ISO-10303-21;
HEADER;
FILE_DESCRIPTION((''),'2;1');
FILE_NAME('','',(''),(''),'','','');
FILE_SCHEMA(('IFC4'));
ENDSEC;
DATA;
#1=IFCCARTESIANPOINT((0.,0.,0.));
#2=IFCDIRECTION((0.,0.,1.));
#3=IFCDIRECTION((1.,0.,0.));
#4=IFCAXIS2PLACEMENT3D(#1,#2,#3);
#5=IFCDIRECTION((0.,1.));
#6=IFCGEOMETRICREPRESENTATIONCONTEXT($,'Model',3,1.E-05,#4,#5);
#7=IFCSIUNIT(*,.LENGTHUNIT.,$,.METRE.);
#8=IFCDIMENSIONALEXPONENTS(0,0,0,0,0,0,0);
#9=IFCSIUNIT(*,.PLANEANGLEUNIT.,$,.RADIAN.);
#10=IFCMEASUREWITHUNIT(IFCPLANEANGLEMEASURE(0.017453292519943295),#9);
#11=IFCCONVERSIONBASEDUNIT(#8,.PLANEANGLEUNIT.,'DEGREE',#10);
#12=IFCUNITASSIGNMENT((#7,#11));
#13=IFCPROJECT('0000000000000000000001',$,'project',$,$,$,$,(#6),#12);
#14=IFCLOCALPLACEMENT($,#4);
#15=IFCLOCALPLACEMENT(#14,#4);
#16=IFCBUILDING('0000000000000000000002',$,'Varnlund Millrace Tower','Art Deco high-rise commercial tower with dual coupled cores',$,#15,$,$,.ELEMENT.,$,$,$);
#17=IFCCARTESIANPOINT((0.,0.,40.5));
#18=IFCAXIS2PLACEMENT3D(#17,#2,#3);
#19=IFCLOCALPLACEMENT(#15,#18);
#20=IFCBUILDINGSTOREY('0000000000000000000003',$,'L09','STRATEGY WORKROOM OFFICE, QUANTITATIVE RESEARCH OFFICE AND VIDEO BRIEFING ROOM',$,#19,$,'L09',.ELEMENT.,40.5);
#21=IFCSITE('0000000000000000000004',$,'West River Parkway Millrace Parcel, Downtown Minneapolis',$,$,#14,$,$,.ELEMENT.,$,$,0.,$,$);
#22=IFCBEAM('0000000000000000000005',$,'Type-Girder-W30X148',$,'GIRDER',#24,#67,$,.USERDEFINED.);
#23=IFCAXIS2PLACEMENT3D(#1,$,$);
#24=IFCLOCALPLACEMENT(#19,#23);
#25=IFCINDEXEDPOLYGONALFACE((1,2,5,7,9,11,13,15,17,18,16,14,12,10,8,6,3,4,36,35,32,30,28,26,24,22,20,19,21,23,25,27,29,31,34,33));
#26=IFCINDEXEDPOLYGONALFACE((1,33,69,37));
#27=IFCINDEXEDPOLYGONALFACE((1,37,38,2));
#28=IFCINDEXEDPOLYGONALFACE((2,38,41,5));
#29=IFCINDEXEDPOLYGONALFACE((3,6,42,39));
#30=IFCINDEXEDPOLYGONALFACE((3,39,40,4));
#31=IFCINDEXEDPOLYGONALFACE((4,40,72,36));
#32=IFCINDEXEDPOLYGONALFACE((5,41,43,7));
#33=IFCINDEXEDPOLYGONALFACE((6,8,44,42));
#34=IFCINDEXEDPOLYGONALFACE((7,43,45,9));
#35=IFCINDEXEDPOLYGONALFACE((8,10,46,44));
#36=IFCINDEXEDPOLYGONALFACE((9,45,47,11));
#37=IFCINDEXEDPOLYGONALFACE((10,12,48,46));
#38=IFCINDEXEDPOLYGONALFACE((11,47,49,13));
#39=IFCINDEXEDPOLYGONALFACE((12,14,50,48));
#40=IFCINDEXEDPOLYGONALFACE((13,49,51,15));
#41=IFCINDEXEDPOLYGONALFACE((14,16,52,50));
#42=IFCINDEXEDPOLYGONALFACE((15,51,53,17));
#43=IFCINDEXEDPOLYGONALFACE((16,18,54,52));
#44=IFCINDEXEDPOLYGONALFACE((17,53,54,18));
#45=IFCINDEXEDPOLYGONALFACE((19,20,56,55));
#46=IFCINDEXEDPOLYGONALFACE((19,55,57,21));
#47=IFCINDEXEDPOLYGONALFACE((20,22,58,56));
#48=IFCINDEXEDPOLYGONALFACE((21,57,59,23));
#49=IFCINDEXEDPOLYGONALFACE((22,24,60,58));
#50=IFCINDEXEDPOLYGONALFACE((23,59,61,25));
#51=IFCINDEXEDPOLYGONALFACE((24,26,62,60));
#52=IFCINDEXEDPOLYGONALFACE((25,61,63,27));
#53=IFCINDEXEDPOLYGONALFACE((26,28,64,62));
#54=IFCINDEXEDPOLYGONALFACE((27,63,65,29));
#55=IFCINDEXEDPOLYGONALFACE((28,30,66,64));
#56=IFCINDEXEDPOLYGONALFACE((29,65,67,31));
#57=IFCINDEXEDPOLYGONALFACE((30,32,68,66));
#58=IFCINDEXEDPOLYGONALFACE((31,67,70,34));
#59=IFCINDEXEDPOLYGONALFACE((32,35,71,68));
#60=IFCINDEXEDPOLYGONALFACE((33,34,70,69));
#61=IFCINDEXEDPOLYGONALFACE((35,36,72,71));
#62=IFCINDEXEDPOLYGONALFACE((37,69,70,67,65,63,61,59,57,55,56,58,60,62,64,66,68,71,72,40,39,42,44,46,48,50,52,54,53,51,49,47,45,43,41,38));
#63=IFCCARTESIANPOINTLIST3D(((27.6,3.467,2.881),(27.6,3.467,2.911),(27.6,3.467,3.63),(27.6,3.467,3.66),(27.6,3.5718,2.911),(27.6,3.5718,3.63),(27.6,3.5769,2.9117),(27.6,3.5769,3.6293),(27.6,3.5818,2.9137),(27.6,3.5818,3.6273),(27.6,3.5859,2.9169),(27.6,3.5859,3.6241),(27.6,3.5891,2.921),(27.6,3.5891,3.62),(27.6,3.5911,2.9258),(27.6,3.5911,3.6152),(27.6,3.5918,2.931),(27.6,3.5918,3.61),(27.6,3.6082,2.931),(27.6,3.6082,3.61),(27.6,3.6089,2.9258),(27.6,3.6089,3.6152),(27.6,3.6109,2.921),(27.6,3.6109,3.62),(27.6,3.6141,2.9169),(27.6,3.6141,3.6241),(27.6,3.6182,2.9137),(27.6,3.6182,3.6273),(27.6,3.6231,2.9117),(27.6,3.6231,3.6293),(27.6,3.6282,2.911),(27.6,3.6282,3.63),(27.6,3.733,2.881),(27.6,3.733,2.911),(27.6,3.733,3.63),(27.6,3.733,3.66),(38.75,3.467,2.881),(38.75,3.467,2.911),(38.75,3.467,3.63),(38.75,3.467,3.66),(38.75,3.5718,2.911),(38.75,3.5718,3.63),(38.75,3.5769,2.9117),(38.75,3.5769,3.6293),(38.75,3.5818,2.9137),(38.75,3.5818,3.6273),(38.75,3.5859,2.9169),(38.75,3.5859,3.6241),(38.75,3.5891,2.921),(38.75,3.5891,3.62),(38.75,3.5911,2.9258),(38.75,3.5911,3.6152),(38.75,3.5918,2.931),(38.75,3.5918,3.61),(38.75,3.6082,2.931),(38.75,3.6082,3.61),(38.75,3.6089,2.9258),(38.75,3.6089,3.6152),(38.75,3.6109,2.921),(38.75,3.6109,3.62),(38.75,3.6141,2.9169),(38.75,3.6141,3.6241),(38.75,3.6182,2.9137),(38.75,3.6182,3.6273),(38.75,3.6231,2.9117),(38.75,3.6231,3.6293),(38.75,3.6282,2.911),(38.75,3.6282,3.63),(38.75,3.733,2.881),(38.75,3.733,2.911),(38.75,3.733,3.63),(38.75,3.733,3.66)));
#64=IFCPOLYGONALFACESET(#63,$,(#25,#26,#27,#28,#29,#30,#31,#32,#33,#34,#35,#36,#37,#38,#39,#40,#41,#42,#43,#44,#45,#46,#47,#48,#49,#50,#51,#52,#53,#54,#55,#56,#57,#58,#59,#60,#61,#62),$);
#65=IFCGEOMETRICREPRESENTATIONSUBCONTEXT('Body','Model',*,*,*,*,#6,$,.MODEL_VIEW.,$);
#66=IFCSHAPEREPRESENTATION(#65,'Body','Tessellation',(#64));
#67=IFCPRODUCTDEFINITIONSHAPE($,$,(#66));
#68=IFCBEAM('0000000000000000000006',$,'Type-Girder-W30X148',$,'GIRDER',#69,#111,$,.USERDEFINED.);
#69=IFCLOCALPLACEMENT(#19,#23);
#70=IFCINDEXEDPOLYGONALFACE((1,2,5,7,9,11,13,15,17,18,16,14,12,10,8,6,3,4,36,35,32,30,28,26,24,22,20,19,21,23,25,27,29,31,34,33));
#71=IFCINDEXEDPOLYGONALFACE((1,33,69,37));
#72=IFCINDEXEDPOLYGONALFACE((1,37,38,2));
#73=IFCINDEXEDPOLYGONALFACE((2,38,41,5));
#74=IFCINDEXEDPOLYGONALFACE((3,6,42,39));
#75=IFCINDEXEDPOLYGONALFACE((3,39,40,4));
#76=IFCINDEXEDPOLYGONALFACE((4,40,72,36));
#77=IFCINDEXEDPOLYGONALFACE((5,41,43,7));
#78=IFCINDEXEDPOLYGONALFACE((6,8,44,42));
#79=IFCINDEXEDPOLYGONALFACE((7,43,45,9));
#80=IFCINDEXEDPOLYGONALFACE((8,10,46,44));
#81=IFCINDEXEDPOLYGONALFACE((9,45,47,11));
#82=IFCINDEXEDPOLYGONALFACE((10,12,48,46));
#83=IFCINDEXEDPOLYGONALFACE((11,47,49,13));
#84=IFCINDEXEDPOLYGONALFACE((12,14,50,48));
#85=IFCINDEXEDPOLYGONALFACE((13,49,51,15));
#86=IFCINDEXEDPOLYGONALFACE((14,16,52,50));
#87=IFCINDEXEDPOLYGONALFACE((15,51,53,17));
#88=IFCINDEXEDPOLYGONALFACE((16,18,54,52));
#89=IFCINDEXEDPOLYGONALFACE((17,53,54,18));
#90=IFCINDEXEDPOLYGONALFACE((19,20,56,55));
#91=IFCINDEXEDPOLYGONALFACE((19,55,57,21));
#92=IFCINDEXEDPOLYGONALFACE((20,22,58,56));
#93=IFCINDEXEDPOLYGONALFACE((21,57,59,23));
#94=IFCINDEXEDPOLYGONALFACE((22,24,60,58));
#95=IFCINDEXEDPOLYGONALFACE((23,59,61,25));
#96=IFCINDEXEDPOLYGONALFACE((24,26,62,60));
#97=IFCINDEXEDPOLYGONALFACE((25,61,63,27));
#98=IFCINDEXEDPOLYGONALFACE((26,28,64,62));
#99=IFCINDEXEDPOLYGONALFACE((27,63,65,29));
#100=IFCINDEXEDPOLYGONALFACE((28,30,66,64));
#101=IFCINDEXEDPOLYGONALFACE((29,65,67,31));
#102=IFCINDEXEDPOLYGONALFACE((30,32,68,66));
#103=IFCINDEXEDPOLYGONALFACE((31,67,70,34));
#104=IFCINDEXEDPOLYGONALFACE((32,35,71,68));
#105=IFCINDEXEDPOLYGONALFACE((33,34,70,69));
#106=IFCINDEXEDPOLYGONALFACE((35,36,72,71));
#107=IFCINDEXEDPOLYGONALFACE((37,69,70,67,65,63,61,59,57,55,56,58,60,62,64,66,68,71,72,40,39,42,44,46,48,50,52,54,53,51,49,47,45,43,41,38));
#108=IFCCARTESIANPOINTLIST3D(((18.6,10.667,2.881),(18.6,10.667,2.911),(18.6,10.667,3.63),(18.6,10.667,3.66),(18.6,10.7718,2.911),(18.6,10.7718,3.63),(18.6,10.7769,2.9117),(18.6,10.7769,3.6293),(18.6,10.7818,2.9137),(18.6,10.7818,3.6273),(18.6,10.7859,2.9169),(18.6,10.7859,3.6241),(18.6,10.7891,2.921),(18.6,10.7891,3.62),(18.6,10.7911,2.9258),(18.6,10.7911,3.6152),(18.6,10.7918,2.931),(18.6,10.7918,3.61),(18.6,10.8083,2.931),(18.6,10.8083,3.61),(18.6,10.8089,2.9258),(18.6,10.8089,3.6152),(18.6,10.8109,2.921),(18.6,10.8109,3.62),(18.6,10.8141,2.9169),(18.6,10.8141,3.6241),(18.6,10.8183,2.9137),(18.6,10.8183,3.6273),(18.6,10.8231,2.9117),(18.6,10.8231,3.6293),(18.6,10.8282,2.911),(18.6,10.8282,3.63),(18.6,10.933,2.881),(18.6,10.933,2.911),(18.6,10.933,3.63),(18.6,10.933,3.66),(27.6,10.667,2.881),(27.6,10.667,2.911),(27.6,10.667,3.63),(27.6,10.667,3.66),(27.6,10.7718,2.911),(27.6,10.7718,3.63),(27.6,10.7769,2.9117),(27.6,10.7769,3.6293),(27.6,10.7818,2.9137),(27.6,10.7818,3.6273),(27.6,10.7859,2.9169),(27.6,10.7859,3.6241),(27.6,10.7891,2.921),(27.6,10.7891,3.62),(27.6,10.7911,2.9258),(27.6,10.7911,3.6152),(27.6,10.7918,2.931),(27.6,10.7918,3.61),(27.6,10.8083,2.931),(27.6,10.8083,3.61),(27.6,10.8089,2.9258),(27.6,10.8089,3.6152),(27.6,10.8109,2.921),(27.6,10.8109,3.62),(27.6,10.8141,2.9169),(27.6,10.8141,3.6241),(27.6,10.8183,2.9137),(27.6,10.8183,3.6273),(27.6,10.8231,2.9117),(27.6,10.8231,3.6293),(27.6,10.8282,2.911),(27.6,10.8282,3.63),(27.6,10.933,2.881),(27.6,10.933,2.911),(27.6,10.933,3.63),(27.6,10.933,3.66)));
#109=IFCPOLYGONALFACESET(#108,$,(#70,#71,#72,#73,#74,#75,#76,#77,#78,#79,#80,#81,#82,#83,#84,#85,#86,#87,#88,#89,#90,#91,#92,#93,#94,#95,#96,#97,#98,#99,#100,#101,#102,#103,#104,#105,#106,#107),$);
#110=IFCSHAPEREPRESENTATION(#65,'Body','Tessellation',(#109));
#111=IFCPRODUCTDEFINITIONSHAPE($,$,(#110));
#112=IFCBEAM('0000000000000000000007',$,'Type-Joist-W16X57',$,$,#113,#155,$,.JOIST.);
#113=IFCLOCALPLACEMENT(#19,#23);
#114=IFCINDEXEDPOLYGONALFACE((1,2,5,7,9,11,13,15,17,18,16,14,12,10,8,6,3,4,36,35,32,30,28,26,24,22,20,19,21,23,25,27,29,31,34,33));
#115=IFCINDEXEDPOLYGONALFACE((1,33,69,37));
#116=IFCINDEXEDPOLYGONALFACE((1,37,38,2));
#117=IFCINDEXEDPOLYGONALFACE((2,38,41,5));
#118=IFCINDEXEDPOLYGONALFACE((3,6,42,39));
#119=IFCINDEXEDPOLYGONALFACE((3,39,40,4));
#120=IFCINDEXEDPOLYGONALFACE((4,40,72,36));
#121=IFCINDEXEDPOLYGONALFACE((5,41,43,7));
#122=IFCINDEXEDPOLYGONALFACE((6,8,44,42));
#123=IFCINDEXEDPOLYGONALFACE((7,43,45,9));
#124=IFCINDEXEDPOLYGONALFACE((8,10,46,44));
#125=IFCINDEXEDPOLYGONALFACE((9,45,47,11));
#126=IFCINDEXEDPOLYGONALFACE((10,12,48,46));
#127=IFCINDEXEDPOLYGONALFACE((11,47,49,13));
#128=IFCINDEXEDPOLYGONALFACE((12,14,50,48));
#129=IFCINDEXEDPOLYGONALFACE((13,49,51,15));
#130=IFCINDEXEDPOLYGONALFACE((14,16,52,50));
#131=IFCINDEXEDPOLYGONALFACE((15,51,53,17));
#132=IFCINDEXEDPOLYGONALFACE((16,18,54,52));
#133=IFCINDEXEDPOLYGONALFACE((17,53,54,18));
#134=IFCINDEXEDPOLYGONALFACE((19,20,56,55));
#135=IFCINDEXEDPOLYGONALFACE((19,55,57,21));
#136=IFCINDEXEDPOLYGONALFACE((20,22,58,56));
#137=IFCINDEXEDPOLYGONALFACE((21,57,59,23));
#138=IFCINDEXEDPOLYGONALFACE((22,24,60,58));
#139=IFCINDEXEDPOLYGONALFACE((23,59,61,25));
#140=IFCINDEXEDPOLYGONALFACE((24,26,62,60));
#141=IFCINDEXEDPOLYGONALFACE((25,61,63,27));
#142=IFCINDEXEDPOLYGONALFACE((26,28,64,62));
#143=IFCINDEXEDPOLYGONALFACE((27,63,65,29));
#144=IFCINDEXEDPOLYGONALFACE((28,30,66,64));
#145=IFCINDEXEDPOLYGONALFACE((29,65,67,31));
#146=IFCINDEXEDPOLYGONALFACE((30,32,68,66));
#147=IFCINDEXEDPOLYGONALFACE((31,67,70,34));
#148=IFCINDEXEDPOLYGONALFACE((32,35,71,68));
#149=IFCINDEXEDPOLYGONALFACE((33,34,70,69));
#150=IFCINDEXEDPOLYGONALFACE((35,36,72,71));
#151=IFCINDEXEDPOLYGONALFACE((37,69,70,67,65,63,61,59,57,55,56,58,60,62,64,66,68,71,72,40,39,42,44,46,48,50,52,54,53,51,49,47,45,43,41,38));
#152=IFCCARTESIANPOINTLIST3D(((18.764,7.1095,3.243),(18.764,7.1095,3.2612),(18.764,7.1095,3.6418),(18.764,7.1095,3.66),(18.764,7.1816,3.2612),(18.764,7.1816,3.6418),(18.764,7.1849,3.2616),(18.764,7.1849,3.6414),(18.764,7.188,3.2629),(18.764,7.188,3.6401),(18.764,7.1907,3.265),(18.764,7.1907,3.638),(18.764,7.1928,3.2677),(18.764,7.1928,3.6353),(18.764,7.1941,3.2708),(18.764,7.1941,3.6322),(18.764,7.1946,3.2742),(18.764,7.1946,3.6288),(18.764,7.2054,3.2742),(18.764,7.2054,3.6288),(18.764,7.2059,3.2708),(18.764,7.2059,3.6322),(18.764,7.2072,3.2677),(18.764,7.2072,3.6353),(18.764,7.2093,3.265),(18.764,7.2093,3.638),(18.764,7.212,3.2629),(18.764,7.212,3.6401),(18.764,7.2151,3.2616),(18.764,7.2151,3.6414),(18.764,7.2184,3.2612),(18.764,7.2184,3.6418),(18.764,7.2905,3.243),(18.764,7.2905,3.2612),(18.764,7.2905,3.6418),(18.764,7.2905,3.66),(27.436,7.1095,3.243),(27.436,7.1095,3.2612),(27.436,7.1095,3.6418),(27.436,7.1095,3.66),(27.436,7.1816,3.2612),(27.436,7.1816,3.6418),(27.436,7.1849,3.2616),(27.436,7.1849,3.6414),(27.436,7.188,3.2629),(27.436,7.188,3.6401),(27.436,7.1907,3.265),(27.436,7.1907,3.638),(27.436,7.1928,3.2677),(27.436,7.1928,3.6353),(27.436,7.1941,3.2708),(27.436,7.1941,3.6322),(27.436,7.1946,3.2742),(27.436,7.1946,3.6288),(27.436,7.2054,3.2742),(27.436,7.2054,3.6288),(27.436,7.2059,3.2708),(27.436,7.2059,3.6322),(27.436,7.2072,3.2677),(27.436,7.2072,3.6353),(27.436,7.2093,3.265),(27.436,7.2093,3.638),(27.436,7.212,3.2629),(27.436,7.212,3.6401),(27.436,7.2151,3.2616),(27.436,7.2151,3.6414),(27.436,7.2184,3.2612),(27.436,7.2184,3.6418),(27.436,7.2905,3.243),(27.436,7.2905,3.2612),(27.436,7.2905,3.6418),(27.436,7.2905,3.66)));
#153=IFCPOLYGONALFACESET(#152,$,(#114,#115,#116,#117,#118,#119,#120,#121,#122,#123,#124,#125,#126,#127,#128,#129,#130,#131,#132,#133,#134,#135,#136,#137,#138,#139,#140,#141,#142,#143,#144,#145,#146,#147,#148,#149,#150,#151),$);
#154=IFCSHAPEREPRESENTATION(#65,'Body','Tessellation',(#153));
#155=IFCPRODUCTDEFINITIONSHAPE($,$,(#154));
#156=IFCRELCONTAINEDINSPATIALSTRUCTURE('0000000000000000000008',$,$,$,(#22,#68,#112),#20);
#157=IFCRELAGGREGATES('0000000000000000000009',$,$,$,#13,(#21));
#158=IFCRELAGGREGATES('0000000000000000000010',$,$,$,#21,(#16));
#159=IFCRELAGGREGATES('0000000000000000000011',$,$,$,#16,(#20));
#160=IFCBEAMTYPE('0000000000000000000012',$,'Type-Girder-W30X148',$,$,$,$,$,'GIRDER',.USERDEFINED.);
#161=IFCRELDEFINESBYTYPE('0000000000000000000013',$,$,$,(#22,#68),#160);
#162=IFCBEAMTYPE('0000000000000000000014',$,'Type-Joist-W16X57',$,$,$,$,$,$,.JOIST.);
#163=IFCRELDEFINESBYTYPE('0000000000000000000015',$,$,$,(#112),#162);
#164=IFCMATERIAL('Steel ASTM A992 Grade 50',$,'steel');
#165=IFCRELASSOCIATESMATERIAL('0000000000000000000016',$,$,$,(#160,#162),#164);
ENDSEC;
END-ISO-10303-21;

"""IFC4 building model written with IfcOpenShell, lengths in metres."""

from ifc_helpers import new_model, entity, si_unit, converted_unit, direction, frame, origin_with_axes, origin_2d_with_axis, place, context, subcontext, project, spatial, i_section, extrude, material, material_profile, profile_set, type_object, element, save


model = new_model("IFC4")

# Units and contexts
model_context = context("Model", 3, precision=1e-05, world=origin_with_axes(), true_north=direction((0.0, 1.0)))
body_context = subcontext(model_context, "Body", "Model", "MODEL_VIEW")
ifc_project = project(units=[si_unit("LENGTHUNIT", "METRE"), converted_unit("PLANEANGLEUNIT", "DEGREE", entity("IfcPlaneAngleMeasure", 0.017453292519943295), si_unit("PLANEANGLEUNIT", "RADIAN"), dimensions=[0, 0, 0, 0, 0, 0, 0])], contexts=[model_context])

# Site, building, storey
site_placement = place(None, origin_with_axes())
site = spatial("IfcSite", under=ifc_project, at=site_placement, Name="West River Parkway Millrace Parcel, Downtown Minneapolis", CompositionType="ELEMENT", RefElevation=0.0)
building_placement = place(site_placement, origin_with_axes())
building = spatial("IfcBuilding", under=site, at=building_placement, Name="Varnlund Millrace Tower", Description="Art Deco high-rise commercial tower with dual coupled cores", CompositionType="ELEMENT")
storey_placement = place(building_placement, frame((0.0, 0.0, 40.5), z_axis=(0.0, 0.0, 1.0), x_axis=(1.0, 0.0, 0.0)))
storey = spatial("IfcBuildingStorey", under=building, at=storey_placement, Name="L09", Description="STRATEGY WORKROOM OFFICE, QUANTITATIVE RESEARCH OFFICE AND VIDEO BRIEFING ROOM", LongName="L09", CompositionType="ELEMENT", Elevation=40.5)

# Beams
ifc_material_1 = material(Name="Steel ASTM A992 Grade 50", Category="steel")
ifc_material_profile_1 = material_profile(ifc_material_1, i_section(OverallWidth=0.266, OverallDepth=0.779, WebThickness=0.0165, FlangeThickness=0.03, FilletRadius=0.02, at=origin_2d_with_axis()), Name="Steel ASTM A992 Grade 50")
ifc_profile_set_1 = profile_set([ifc_material_profile_1], Name="Steel ASTM A992 Grade 50")
beam_type_1 = type_object("IfcBeamType", Name="Type-Girder-W30X148", ElementType="GIRDER", PredefinedType="USERDEFINED", material=ifc_profile_set_1)
beam_1_placement = place(storey_placement, frame((27.6, 3.6, 3.2705), z_axis=(1.0, 0.0, 0.0), x_axis=(0.0, 1.0, 0.0)))
element("IfcBeam", 1, at=beam_1_placement, inside=storey, type_object=beam_type_1, Name="Type-Girder-W30X148", ObjectType="GIRDER", PredefinedType="USERDEFINED", context=body_context, shape_type="SweptSolid", body=[
    extrude(i_section(OverallWidth=0.266, OverallDepth=0.779, WebThickness=0.0165, FlangeThickness=0.03, FilletRadius=0.02, at=origin_2d_with_axis()), origin_with_axes(), (0.0, 0.0, 1.0), 11.15),
])
beam_2_placement = place(storey_placement, frame((18.6, 10.8, 3.2705), z_axis=(1.0, 0.0, 0.0), x_axis=(0.0, 1.0, 0.0)))
element("IfcBeam", 2, at=beam_2_placement, inside=storey, type_object=beam_type_1, Name="Type-Girder-W30X148", ObjectType="GIRDER", PredefinedType="USERDEFINED", context=body_context, shape_type="SweptSolid", body=[
    extrude(i_section(OverallWidth=0.266, OverallDepth=0.779, WebThickness=0.0165, FlangeThickness=0.03, FilletRadius=0.02, at=origin_2d_with_axis()), origin_with_axes(), (0.0, 0.0, 1.0), 9.0),
])
ifc_material_profile_2 = material_profile(ifc_material_1, i_section(OverallWidth=0.181, OverallDepth=0.417, WebThickness=0.0109, FlangeThickness=0.0182, FilletRadius=0.013, at=origin_2d_with_axis()), Name="Steel ASTM A992 Grade 50")
ifc_profile_set_2 = profile_set([ifc_material_profile_2], Name="Steel ASTM A992 Grade 50")
beam_type_2 = type_object("IfcBeamType", Name="Type-Joist-W16X57", PredefinedType="JOIST", material=ifc_profile_set_2)
beam_3_placement = place(storey_placement, frame((18.764, 7.2, 3.4515), z_axis=(1.0, 0.0, 0.0), x_axis=(0.0, 1.0, 0.0)))
element("IfcBeam", 3, at=beam_3_placement, inside=storey, type_object=beam_type_2, Name="Type-Joist-W16X57", PredefinedType="JOIST", context=body_context, shape_type="SweptSolid", body=[
    extrude(i_section(OverallWidth=0.181, OverallDepth=0.417, WebThickness=0.0109, FlangeThickness=0.0182, FilletRadius=0.013, at=origin_2d_with_axis()), origin_with_axes(), (0.0, 0.0, 1.0), 8.672),
])

save(model, "model.ifc")
